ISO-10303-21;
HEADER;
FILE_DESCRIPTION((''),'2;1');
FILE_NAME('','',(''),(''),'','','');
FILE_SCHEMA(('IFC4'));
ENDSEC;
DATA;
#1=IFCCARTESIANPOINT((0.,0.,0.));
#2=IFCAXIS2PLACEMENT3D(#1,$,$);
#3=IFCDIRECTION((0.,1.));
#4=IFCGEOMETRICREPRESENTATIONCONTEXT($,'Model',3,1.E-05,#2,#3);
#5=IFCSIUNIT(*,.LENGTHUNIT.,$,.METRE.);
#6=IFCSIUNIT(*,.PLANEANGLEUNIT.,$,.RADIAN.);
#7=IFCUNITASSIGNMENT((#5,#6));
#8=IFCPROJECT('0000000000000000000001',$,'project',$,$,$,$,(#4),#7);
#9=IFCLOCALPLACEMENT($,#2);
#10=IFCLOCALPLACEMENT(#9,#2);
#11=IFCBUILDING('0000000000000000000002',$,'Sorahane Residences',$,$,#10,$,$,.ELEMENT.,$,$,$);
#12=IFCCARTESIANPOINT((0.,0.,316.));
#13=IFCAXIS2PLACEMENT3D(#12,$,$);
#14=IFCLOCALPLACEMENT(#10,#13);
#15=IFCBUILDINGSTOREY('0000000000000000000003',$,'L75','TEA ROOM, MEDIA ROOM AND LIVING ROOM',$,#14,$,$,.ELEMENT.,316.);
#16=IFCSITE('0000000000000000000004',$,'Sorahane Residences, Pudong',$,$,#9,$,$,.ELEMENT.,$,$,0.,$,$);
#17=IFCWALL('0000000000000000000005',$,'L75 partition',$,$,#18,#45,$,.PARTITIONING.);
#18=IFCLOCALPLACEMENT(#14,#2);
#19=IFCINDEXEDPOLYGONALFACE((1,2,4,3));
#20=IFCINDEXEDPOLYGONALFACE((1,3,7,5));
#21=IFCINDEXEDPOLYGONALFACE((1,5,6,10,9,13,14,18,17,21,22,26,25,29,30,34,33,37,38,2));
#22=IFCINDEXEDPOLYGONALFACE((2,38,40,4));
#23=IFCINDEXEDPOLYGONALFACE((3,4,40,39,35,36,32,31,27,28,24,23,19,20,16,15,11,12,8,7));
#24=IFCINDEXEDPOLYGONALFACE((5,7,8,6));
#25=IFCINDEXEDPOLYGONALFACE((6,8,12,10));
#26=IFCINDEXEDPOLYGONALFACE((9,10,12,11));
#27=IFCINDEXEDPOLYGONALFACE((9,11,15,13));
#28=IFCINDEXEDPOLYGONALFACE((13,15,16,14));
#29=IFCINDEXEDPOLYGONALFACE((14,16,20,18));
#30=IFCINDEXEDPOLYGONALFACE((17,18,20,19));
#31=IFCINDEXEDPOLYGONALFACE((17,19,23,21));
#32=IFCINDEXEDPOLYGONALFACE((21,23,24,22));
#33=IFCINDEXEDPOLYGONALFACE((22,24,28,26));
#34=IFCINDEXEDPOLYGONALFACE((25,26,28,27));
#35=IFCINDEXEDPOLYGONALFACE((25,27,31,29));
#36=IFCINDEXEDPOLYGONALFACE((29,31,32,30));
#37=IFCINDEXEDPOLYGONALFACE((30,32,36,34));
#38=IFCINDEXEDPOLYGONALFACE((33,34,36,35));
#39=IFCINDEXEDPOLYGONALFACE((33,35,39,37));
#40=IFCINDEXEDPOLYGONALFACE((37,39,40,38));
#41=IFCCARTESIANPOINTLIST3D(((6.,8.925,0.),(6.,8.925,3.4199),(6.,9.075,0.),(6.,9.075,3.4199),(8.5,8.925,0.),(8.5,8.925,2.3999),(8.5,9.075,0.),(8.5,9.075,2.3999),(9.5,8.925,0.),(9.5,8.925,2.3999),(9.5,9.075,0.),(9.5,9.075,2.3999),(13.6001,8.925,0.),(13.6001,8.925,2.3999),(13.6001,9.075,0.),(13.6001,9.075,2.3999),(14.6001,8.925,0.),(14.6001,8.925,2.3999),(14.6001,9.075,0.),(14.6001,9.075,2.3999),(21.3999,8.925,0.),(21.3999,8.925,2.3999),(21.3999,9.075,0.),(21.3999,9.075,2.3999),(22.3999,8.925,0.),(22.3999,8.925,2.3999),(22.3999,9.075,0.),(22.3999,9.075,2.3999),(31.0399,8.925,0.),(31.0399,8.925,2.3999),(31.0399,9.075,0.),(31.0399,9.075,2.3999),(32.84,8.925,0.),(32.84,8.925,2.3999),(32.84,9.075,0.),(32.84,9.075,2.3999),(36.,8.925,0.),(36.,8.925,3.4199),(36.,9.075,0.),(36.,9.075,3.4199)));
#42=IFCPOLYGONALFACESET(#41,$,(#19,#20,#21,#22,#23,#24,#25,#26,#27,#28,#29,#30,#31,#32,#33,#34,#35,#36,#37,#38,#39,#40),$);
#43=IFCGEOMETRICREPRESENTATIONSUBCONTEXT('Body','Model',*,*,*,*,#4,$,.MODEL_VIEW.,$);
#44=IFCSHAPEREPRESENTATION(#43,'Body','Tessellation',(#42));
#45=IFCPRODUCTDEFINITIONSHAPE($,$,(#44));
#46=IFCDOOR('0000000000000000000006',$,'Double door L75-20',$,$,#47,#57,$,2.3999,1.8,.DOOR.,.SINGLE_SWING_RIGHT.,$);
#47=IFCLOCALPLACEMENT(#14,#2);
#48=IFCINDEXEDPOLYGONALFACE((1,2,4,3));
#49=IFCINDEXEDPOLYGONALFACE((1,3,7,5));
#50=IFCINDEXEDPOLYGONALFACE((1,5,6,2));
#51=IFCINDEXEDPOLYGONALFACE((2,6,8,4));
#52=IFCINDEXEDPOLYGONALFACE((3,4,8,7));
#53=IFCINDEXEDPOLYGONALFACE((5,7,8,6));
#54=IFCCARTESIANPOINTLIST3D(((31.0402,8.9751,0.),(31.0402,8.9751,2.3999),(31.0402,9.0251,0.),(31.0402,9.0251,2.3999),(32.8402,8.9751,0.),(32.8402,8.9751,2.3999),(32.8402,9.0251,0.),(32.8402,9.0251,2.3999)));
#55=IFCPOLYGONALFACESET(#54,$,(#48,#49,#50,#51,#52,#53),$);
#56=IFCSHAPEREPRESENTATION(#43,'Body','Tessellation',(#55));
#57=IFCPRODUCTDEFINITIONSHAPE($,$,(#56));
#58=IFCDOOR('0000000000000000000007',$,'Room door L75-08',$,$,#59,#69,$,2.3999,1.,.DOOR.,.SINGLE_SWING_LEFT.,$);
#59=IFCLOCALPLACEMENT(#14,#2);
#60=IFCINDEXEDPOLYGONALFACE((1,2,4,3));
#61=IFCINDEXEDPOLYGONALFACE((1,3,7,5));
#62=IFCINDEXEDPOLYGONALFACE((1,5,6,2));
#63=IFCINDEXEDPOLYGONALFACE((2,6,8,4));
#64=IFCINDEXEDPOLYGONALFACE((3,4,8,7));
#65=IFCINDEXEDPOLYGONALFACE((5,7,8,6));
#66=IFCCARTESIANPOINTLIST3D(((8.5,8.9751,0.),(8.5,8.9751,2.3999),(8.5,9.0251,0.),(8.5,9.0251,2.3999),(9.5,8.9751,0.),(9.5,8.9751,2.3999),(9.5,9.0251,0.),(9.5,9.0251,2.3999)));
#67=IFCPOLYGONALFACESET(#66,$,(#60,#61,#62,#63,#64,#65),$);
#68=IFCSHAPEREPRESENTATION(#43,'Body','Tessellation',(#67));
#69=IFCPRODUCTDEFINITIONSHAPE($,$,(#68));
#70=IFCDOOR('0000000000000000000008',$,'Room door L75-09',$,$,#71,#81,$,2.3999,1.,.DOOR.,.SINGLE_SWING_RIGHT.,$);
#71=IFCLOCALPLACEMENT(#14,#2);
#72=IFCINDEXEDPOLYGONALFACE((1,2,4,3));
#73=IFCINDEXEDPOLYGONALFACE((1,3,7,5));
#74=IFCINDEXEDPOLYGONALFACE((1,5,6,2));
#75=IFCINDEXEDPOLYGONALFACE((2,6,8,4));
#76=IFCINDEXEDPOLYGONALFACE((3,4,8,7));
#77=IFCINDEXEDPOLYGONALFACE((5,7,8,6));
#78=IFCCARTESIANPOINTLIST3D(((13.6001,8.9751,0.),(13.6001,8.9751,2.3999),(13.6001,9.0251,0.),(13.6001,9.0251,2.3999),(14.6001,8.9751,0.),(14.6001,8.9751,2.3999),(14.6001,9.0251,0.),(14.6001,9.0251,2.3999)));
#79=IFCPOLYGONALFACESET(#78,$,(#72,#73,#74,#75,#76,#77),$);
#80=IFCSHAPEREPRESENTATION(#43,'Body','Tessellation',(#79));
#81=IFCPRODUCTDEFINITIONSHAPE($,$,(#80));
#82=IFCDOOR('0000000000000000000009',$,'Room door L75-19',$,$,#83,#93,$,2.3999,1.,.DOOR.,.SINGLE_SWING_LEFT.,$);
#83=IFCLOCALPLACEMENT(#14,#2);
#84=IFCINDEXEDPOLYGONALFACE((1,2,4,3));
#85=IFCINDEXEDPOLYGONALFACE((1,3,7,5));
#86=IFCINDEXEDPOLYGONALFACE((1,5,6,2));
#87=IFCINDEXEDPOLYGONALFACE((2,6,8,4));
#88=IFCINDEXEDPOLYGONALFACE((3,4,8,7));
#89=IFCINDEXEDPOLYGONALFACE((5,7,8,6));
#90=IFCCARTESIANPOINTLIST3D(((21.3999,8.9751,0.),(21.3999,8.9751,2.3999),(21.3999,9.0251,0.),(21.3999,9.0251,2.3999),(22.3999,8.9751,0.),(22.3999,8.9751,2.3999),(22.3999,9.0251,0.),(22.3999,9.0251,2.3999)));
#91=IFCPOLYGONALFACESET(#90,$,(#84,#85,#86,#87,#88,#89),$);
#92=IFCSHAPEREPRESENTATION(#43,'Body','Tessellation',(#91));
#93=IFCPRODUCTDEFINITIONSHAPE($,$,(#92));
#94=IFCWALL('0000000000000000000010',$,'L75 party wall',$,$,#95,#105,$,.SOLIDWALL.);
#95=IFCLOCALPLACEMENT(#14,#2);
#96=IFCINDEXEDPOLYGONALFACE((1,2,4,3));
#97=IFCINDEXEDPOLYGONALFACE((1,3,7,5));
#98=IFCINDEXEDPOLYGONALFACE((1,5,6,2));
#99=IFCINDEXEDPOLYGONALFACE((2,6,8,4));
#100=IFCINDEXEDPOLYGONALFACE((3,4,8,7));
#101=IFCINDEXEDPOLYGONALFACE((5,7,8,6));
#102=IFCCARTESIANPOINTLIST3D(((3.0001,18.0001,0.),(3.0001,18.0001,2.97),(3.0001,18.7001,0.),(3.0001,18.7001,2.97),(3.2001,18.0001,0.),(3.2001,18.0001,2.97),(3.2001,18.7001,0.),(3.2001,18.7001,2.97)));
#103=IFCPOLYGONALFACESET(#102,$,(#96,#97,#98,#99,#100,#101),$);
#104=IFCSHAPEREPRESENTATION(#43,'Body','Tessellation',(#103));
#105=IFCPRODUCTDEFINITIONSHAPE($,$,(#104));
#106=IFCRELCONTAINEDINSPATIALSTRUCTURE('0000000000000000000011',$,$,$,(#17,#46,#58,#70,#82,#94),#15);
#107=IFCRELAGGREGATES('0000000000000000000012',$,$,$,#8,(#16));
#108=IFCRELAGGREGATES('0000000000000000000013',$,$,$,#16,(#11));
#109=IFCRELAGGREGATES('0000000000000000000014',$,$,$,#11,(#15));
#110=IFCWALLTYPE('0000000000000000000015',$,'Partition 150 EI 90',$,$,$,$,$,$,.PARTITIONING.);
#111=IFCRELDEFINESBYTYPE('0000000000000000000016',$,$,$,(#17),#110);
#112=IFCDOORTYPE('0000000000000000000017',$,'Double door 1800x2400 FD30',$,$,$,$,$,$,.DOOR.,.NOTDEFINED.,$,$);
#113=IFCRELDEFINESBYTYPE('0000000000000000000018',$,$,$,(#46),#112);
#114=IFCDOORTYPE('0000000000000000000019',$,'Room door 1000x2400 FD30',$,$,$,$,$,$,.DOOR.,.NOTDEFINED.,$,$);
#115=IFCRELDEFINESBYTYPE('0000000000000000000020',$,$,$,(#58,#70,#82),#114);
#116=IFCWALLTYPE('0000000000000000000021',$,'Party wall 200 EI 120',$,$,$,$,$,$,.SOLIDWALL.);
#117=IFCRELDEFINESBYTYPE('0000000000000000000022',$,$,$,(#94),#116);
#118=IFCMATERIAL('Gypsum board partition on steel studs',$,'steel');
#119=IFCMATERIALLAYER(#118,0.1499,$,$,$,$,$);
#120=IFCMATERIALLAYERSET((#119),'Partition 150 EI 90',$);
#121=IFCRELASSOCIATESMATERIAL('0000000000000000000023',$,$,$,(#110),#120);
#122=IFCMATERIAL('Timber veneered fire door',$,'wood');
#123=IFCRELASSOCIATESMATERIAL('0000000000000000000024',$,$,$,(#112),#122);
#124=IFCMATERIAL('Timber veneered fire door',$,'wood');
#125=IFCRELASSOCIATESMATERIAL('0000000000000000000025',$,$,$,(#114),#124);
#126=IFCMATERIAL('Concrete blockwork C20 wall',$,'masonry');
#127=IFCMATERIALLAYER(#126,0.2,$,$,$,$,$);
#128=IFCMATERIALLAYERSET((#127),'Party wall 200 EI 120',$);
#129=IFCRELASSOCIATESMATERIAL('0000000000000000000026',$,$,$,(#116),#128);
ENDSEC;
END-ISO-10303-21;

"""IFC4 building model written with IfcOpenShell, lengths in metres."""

from ifc_helpers import new_model, si_unit, direction, frame, frame_2d, origin, place, context, subcontext, project, spatial, rectangle, extrude, material, layer, layer_set, type_object, element, fill, save


model = new_model("IFC4")

# Units and contexts
model_context = context("Model", 3, precision=1e-05, world=origin(), true_north=direction((0.0, 1.0)))
body_context = subcontext(model_context, "Body", "Model", "MODEL_VIEW")
ifc_project = project(units=[si_unit("LENGTHUNIT", "METRE"), si_unit("PLANEANGLEUNIT", "RADIAN")], contexts=[model_context])

# Site, building, storey
site_placement = place(None, origin())
site = spatial("IfcSite", under=ifc_project, at=site_placement, Name="Sorahane Residences, Pudong", CompositionType="ELEMENT", RefElevation=0.0)
building_placement = place(site_placement, origin())
building = spatial("IfcBuilding", under=site, at=building_placement, Name="Sorahane Residences", CompositionType="ELEMENT")
storey_placement = place(building_placement, frame((0.0, 0.0, 316.0)))
storey = spatial("IfcBuildingStorey", under=building, at=storey_placement, Name="L75", Description="TEA ROOM, MEDIA ROOM AND LIVING ROOM", CompositionType="ELEMENT", Elevation=316.0)

# Shared definitions
ifc_material_1 = material(Name="Gypsum board partition on steel studs", Category="steel")
ifc_layer_1 = layer(ifc_material_1, 0.1499)
ifc_layer_set_1 = layer_set([ifc_layer_1], Name="Partition 150 EI 90")
wall_type_1 = type_object("IfcWallType", Name="Partition 150 EI 90", PredefinedType="PARTITIONING", material=ifc_layer_set_1)

# Wall, openings, doors
wall_1_placement = place(storey_placement, frame((6.0, 9.0, 0.0), z_axis=(0.0, 0.0, 1.0), x_axis=(1.0, 0.0, 0.0)))
wall_1 = element("IfcWall", 1, at=wall_1_placement, inside=storey, type_object=wall_type_1, Name="L75 partition", PredefinedType="PARTITIONING", context=body_context, shape_type="SweptSolid", body=[
    extrude(rectangle(XDim=30.0, YDim=0.1499, at=frame_2d((15.0, 0.0))), origin(), (0.0, 0.0, 1.0), 3.4199),
])
opening_1_placement = place(wall_1_placement, frame((2.5, 0.0, 0.0)))
opening_1 = element("IfcOpeningElement", 2, at=opening_1_placement, cuts=wall_1, PredefinedType="OPENING", context=body_context, shape_type="SweptSolid", body=[
    extrude(rectangle(XDim=1.0, YDim=2.3999, at=frame_2d((0.5, 1.2))), frame((0.0, 0.085, 0.0), z_axis=(0.0, -1.0, 0.0), x_axis=(1.0, 0.0, 0.0)), (0.0, 0.0, 1.0), 0.1699),
])
opening_2_placement = place(wall_1_placement, frame((7.6001, 0.0, 0.0)))
opening_2 = element("IfcOpeningElement", 3, at=opening_2_placement, cuts=wall_1, PredefinedType="OPENING", context=body_context, shape_type="SweptSolid", body=[
    extrude(rectangle(XDim=1.0, YDim=2.3999, at=frame_2d((0.5, 1.2))), frame((0.0, 0.085, 0.0), z_axis=(0.0, -1.0, 0.0), x_axis=(1.0, 0.0, 0.0)), (0.0, 0.0, 1.0), 0.1699),
])
opening_3_placement = place(wall_1_placement, frame((15.3999, 0.0, 0.0)))
opening_3 = element("IfcOpeningElement", 4, at=opening_3_placement, cuts=wall_1, PredefinedType="OPENING", context=body_context, shape_type="SweptSolid", body=[
    extrude(rectangle(XDim=1.0, YDim=2.3999, at=frame_2d((0.5, 1.2))), frame((0.0, 0.085, 0.0), z_axis=(0.0, -1.0, 0.0), x_axis=(1.0, 0.0, 0.0)), (0.0, 0.0, 1.0), 0.1699),
])
opening_4_placement = place(wall_1_placement, frame((25.04, 0.0, 0.0)))
opening_4 = element("IfcOpeningElement", 5, at=opening_4_placement, cuts=wall_1, PredefinedType="OPENING", context=body_context, shape_type="SweptSolid", body=[
    extrude(rectangle(XDim=1.8, YDim=2.3999, at=frame_2d((0.8999, 1.2))), frame((0.0, 0.085, 0.0), z_axis=(0.0, -1.0, 0.0), x_axis=(1.0, 0.0, 0.0)), (0.0, 0.0, 1.0), 0.1699),
])
ifc_material_2 = material(Name="Timber veneered fire door", Category="wood")
door_type_1 = type_object("IfcDoorType", Name="Double door 1800x2400 FD30", OperationType="NOTDEFINED", PredefinedType="DOOR", material=ifc_material_2)
door_1_placement = place(opening_4_placement, frame((1.8, 0.0, 0.0), z_axis=(0.0, 0.0, 1.0), x_axis=(-1.0, 0.0, 0.0)))
door_1 = element("IfcDoor", 6, at=door_1_placement, inside=storey, type_object=door_type_1, Name="Double door L75-20", OperationType="SINGLE_SWING_RIGHT", OverallHeight=2.3999, OverallWidth=1.8, PredefinedType="DOOR", context=body_context, shape_type="SweptSolid", body=[
    extrude(rectangle(XDim=1.8, YDim=2.3999, at=frame_2d((0.8999, 1.2))), frame((0.0, 0.0249, 0.0), z_axis=(0.0, -1.0, 0.0), x_axis=(1.0, 0.0, 0.0)), (0.0, 0.0, 1.0), 0.05),
])
fill(opening_4, door_1)
ifc_material_3 = material(Name="Timber veneered fire door", Category="wood")
door_type_2 = type_object("IfcDoorType", Name="Room door 1000x2400 FD30", OperationType="NOTDEFINED", PredefinedType="DOOR", material=ifc_material_3)
door_2_placement = place(opening_1_placement, frame((1.0, 0.0, 0.0), z_axis=(0.0, 0.0, 1.0), x_axis=(-1.0, 0.0, 0.0)))
door_2 = element("IfcDoor", 7, at=door_2_placement, inside=storey, type_object=door_type_2, Name="Room door L75-08", OperationType="SINGLE_SWING_LEFT", OverallHeight=2.3999, OverallWidth=1.0, PredefinedType="DOOR", context=body_context, shape_type="SweptSolid", body=[
    extrude(rectangle(XDim=1.0, YDim=2.3999, at=frame_2d((0.5, 1.2))), frame((0.0, 0.0249, 0.0), z_axis=(0.0, -1.0, 0.0), x_axis=(1.0, 0.0, 0.0)), (0.0, 0.0, 1.0), 0.05),
])
fill(opening_1, door_2)
door_3_placement = place(opening_2_placement, frame((1.0, 0.0, 0.0), z_axis=(0.0, 0.0, 1.0), x_axis=(-1.0, 0.0, 0.0)))
door_3 = element("IfcDoor", 8, at=door_3_placement, inside=storey, type_object=door_type_2, Name="Room door L75-09", OperationType="SINGLE_SWING_RIGHT", OverallHeight=2.3999, OverallWidth=1.0, PredefinedType="DOOR", context=body_context, shape_type="SweptSolid", body=[
    extrude(rectangle(XDim=1.0, YDim=2.3999, at=frame_2d((0.5, 1.2))), frame((0.0, 0.0249, 0.0), z_axis=(0.0, -1.0, 0.0), x_axis=(1.0, 0.0, 0.0)), (0.0, 0.0, 1.0), 0.05),
])
fill(opening_2, door_3)
door_4_placement = place(opening_3_placement, frame((1.0, 0.0, 0.0), z_axis=(0.0, 0.0, 1.0), x_axis=(-1.0, 0.0, 0.0)))
door_4 = element("IfcDoor", 9, at=door_4_placement, inside=storey, type_object=door_type_2, Name="Room door L75-19", OperationType="SINGLE_SWING_LEFT", OverallHeight=2.3999, OverallWidth=1.0, PredefinedType="DOOR", context=body_context, shape_type="SweptSolid", body=[
    extrude(rectangle(XDim=1.0, YDim=2.3999, at=frame_2d((0.5, 1.2))), frame((0.0, 0.0249, 0.0), z_axis=(0.0, -1.0, 0.0), x_axis=(1.0, 0.0, 0.0)), (0.0, 0.0, 1.0), 0.05),
])
fill(opening_3, door_4)

# Wall
ifc_material_4 = material(Name="Concrete blockwork C20 wall", Category="masonry")
ifc_layer_2 = layer(ifc_material_4, 0.2)
ifc_layer_set_2 = layer_set([ifc_layer_2], Name="Party wall 200 EI 120")
wall_type_2 = type_object("IfcWallType", Name="Party wall 200 EI 120", PredefinedType="SOLIDWALL", material=ifc_layer_set_2)
wall_2_placement = place(storey_placement, frame((3.1001, 18.0, 0.0), z_axis=(0.0, 0.0, 1.0), x_axis=(0.0, 1.0, 0.0)))
element("IfcWall", 10, at=wall_2_placement, inside=storey, type_object=wall_type_2, Name="L75 party wall", PredefinedType="SOLIDWALL", context=body_context, shape_type="SweptSolid", body=[
    extrude(rectangle(XDim=0.7, YDim=0.2, at=frame_2d((0.3501, 0.0))), origin(), (0.0, 0.0, 1.0), 2.97),
])

save(model, "model.ifc")
